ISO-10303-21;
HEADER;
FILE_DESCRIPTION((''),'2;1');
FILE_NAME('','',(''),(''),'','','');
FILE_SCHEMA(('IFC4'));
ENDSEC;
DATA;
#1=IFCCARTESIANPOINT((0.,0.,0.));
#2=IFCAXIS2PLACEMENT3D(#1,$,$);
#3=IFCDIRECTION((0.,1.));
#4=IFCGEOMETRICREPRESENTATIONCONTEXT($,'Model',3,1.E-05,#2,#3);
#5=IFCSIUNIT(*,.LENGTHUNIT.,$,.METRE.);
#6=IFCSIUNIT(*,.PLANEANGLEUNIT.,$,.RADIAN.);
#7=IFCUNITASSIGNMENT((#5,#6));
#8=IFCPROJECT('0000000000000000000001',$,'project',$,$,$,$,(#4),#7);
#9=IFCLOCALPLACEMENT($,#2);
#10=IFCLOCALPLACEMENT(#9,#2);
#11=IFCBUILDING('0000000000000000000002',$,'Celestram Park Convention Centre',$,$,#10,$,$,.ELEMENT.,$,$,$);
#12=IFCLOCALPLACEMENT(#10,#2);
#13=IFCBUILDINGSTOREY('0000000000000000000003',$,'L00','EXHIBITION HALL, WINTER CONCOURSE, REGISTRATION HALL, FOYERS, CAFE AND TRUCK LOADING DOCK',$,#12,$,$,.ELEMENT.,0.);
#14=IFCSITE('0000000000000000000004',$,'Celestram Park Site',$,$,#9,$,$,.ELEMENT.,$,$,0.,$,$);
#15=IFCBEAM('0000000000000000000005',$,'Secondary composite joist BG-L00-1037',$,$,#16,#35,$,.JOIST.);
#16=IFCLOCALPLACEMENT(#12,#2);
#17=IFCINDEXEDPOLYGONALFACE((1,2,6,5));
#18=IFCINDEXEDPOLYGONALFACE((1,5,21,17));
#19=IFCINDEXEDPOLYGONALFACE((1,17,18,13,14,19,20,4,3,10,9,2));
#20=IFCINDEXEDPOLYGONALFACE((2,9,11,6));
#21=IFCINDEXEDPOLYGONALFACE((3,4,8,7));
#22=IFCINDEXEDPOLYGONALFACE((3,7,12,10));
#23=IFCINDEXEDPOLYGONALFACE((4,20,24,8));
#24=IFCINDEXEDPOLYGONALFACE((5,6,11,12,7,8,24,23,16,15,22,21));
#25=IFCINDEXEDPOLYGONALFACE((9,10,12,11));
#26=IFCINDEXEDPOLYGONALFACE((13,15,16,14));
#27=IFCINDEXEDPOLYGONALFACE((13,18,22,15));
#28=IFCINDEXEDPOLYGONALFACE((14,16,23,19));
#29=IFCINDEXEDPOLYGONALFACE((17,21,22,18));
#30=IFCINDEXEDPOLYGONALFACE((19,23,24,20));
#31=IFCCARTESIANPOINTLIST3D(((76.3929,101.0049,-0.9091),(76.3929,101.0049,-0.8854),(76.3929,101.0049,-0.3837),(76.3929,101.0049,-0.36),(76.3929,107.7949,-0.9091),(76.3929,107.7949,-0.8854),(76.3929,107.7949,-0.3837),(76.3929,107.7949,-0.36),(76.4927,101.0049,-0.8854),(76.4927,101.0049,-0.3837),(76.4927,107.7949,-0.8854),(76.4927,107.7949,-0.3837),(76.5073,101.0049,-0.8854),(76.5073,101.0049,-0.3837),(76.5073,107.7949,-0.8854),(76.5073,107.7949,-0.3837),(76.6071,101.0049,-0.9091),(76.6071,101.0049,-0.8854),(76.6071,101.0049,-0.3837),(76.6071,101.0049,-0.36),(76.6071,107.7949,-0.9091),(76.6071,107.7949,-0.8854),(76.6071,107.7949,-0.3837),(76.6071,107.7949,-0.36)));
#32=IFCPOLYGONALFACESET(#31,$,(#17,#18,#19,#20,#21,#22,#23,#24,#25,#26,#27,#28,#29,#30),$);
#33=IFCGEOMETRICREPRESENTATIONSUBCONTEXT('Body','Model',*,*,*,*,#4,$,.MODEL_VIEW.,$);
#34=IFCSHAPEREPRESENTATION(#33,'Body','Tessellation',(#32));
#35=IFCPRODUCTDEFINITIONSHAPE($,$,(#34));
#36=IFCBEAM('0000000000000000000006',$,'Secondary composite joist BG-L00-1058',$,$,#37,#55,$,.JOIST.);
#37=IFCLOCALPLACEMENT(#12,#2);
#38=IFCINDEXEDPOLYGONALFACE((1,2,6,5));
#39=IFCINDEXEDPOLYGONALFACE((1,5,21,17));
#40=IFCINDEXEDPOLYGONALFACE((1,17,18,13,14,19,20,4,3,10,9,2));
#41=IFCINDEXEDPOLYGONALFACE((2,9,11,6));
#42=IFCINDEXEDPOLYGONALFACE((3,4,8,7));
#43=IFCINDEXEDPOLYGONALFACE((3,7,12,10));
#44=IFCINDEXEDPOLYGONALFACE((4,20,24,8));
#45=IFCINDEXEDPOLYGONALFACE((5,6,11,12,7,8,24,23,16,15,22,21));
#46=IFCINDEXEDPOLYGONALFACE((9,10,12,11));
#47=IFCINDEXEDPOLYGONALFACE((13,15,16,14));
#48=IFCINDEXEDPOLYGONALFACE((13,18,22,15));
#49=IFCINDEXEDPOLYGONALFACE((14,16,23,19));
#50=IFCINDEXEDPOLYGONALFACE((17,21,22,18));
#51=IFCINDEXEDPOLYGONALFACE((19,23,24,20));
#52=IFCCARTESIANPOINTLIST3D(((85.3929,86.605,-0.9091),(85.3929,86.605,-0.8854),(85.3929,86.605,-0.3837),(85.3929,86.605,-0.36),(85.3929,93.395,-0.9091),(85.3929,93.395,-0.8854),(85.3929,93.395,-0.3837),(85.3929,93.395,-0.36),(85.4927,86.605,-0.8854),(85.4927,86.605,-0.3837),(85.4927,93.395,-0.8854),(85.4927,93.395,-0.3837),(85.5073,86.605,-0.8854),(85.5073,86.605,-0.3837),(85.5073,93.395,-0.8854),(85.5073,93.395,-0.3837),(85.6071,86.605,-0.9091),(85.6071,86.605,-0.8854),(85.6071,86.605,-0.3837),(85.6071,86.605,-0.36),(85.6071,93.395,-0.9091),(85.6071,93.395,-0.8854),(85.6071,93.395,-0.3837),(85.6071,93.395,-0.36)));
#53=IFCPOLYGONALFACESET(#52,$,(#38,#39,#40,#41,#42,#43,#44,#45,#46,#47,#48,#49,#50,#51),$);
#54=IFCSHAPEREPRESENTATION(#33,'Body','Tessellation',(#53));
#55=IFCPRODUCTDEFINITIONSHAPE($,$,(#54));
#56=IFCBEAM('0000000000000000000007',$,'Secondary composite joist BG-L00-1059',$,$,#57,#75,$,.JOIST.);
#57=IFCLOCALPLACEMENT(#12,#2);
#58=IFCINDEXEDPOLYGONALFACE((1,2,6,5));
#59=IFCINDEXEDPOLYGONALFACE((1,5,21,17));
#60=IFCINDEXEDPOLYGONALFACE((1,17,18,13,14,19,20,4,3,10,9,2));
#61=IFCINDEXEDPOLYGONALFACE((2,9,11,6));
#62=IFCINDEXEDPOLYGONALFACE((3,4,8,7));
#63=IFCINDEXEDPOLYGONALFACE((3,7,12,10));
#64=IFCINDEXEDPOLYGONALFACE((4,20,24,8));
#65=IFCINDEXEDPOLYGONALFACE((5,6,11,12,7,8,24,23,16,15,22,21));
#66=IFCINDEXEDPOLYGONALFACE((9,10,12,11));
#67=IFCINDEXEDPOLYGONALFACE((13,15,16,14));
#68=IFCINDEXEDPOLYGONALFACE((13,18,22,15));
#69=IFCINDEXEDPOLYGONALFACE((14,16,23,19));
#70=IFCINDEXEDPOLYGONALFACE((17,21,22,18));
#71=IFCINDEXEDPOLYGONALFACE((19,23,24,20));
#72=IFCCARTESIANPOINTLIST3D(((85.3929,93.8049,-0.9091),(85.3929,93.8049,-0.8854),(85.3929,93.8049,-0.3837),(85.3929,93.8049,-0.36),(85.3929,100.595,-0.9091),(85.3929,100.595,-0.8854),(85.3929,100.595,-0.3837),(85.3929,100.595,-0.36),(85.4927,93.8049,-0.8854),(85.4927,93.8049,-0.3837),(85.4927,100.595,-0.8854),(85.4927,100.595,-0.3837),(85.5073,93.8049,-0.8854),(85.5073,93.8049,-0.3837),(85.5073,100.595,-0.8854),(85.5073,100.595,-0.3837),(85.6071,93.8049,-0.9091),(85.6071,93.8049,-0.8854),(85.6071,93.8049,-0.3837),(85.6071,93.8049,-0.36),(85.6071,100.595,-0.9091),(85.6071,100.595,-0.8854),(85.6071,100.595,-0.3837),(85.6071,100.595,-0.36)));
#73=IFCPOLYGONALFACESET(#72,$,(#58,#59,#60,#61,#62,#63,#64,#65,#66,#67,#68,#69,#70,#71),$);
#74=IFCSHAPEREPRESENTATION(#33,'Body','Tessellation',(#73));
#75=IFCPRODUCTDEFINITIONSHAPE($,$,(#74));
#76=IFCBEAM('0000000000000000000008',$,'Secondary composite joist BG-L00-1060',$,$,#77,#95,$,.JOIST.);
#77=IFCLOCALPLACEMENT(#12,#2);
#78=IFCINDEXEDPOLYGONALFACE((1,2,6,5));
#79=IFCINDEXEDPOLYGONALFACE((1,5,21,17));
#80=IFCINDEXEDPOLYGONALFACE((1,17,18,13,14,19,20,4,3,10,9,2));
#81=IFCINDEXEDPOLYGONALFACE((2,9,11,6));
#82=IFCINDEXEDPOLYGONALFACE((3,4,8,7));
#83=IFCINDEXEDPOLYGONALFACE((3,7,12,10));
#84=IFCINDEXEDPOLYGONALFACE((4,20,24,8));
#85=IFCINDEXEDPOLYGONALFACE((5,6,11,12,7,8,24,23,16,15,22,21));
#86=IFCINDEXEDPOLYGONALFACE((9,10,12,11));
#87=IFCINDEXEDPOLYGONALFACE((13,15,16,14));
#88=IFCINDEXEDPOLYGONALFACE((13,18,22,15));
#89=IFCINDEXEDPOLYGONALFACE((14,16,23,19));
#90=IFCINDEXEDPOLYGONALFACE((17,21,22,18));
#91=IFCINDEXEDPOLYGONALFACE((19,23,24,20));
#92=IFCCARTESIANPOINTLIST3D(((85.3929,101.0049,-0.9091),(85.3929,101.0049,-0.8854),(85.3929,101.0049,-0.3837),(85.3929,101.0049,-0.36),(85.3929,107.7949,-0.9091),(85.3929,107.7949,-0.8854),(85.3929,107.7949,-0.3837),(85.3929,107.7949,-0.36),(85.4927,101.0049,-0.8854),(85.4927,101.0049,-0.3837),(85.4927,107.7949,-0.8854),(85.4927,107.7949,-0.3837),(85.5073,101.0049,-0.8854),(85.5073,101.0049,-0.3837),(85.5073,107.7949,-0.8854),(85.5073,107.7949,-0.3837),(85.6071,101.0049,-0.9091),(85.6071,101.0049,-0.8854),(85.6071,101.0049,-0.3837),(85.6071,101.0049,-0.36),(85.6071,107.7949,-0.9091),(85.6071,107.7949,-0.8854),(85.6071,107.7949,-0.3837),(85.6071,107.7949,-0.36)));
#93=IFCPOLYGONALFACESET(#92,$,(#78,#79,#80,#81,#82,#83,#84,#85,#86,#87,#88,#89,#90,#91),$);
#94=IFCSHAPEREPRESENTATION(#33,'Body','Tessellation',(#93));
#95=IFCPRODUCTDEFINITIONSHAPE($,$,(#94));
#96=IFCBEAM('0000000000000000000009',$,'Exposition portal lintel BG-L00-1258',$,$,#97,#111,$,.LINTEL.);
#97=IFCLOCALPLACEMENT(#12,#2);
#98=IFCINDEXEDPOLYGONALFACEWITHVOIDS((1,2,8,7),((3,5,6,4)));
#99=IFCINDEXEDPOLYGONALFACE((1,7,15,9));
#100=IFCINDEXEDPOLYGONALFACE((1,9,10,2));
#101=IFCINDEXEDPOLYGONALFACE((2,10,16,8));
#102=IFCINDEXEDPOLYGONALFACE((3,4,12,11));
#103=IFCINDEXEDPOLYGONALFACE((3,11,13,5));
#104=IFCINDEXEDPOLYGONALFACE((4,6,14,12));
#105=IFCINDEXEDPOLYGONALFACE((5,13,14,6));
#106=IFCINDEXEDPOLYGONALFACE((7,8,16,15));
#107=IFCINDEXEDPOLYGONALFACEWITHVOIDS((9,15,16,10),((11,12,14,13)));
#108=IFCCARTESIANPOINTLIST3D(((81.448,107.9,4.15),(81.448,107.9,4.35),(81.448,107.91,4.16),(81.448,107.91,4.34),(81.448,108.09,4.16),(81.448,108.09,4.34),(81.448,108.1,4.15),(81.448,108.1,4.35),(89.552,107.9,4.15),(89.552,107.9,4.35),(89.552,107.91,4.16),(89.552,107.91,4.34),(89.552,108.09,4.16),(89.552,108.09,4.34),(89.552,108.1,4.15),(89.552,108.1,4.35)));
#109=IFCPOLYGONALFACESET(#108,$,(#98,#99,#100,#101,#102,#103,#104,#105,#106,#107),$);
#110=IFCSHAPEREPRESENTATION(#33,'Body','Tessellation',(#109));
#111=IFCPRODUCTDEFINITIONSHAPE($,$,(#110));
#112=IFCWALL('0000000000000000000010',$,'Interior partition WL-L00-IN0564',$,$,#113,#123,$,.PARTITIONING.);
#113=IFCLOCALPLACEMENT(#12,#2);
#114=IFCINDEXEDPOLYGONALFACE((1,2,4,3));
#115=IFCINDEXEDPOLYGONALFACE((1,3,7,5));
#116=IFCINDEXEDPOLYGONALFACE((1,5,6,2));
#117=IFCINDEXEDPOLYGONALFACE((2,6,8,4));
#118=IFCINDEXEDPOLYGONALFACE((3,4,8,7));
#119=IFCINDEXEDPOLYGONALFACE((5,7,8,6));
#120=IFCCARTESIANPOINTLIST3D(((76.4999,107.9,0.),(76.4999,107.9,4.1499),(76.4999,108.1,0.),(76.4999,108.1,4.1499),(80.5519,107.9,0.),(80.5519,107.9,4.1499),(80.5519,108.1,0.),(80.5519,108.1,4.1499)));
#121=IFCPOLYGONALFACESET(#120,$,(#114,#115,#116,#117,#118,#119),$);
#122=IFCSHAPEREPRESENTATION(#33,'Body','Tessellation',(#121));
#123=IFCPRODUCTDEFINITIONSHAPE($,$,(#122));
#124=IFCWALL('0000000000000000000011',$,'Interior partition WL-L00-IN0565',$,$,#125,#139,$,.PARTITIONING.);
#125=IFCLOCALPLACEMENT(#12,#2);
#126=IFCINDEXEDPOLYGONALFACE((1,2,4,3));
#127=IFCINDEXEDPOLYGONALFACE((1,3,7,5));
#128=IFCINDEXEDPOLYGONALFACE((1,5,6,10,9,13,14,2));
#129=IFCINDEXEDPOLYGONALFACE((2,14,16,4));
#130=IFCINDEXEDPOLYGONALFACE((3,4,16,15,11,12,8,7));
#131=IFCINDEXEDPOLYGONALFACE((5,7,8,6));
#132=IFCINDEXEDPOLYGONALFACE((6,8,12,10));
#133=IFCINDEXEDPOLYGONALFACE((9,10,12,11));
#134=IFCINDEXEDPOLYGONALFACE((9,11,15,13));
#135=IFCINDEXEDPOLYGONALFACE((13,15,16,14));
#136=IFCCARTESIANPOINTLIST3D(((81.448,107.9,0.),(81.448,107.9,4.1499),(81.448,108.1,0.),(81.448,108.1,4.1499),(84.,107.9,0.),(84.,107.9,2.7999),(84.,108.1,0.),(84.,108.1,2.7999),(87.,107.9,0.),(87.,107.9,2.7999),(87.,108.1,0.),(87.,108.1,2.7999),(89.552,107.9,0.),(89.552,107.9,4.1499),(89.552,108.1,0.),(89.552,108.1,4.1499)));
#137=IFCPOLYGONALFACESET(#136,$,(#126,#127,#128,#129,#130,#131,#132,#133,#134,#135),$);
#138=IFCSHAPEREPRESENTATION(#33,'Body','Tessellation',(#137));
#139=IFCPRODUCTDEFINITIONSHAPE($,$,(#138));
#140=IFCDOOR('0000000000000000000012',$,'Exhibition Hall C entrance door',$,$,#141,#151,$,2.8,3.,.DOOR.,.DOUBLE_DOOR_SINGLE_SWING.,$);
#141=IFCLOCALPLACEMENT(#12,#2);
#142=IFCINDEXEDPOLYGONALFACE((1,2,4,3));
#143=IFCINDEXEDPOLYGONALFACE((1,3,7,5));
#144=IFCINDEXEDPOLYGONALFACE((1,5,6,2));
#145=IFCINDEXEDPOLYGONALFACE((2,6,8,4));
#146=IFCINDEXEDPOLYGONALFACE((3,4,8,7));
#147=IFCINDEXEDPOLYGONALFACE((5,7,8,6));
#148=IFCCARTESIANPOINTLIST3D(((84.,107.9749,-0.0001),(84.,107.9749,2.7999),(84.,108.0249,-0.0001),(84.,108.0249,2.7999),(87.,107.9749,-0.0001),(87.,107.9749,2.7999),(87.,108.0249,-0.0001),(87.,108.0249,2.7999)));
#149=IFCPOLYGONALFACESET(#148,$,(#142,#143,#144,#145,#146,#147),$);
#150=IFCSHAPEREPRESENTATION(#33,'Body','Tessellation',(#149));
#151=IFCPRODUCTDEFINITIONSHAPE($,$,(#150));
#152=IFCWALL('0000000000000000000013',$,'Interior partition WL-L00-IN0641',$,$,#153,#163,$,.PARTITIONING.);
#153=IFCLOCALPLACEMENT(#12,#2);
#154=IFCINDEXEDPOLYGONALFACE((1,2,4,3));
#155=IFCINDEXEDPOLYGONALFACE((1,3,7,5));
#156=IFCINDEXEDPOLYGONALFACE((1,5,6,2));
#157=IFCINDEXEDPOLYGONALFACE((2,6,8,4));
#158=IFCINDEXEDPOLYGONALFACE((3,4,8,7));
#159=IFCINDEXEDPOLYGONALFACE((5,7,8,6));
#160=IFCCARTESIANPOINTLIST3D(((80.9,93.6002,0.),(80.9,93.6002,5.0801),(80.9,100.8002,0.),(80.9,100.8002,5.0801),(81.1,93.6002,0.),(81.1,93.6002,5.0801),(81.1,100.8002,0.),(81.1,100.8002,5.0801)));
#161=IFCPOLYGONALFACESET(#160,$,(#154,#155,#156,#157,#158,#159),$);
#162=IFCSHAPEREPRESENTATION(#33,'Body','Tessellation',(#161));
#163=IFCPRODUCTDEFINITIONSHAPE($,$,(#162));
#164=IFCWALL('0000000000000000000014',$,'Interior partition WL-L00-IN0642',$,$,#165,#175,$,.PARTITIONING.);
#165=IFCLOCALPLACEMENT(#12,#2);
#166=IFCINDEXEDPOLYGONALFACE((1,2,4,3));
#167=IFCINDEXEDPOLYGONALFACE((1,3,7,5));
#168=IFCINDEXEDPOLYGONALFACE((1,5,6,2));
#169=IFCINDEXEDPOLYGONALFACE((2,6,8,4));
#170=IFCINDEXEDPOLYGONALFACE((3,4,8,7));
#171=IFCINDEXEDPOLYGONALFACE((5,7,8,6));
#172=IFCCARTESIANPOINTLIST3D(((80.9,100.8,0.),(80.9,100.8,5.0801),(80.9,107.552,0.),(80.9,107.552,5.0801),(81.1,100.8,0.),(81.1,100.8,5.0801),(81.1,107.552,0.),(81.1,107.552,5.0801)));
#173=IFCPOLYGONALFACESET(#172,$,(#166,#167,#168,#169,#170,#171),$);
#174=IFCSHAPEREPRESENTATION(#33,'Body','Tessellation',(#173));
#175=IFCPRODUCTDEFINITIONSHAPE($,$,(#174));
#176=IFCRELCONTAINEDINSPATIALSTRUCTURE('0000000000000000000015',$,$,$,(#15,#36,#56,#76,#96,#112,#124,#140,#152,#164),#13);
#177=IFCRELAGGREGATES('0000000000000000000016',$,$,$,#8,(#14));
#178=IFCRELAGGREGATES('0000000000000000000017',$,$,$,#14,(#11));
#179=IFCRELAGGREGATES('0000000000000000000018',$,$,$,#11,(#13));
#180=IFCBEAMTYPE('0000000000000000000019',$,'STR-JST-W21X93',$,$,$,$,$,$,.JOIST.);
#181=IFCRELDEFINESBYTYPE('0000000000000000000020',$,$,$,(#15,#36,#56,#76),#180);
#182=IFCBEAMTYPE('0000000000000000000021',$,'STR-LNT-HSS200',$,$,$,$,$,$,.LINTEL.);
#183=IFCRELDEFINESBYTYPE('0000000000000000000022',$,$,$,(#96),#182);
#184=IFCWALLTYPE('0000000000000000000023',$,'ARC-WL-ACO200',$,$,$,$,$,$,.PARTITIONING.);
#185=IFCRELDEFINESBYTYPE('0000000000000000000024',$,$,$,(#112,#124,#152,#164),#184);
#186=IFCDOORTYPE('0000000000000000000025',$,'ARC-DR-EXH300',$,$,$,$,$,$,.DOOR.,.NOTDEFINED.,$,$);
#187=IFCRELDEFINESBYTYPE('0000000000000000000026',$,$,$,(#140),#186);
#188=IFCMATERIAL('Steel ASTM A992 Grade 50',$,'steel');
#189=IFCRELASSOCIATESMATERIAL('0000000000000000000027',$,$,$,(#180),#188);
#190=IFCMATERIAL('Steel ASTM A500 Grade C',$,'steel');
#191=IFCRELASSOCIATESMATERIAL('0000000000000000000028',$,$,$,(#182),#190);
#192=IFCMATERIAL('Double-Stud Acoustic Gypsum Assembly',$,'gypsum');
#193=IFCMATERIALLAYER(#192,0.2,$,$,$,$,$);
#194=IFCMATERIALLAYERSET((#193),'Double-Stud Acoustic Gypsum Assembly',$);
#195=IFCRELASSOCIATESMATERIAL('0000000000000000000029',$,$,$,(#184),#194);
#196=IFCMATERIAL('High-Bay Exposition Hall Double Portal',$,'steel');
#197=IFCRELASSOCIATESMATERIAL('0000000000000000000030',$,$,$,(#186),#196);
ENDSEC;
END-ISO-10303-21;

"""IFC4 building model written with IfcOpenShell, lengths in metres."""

from ifc_helpers import new_model, si_unit, direction, frame, frame_2d, origin, origin_2d, place, context, subcontext, project, spatial, rectangle, hollow_rectangle, i_section, extrude, material, layer, layer_set, material_profile, profile_set, type_object, element, fill, save


model = new_model("IFC4")

# Units and contexts
model_context = context("Model", 3, precision=1e-05, world=origin(), true_north=direction((0.0, 1.0)))
body_context = subcontext(model_context, "Body", "Model", "MODEL_VIEW")
ifc_project = project(units=[si_unit("LENGTHUNIT", "METRE"), si_unit("PLANEANGLEUNIT", "RADIAN")], contexts=[model_context])

# Site, building, storey
site_placement = place(None, origin())
site = spatial("IfcSite", under=ifc_project, at=site_placement, Name="Celestram Park Site", CompositionType="ELEMENT", RefElevation=0.0)
building_placement = place(site_placement, origin())
building = spatial("IfcBuilding", under=site, at=building_placement, Name="Celestram Park Convention Centre", CompositionType="ELEMENT")
storey_placement = place(building_placement, origin())
storey = spatial("IfcBuildingStorey", under=building, at=storey_placement, Name="L00", Description="EXHIBITION HALL, WINTER CONCOURSE, REGISTRATION HALL, FOYERS, CAFE AND TRUCK LOADING DOCK", CompositionType="ELEMENT", Elevation=0.0)

# Beams
ifc_material_1 = material(Name="Steel ASTM A992 Grade 50", Category="steel")
ifc_material_profile_1 = material_profile(ifc_material_1, i_section(OverallWidth=0.2141, OverallDepth=0.5491, WebThickness=0.0146, FlangeThickness=0.0237, at=origin_2d()), Name="W21X93")
ifc_profile_set_1 = profile_set([ifc_material_profile_1], Name="Steel ASTM A992 Grade 50")
beam_type_1 = type_object("IfcBeamType", Name="STR-JST-W21X93", PredefinedType="JOIST", material=ifc_profile_set_1)
for number, where, z_axis, x_axis, name in (
    (1, (76.5, 101.0049, -0.6345), (0.0, 1.0, 0.0), (-1.0, 0.0, 0.0), "Secondary composite joist BG-L00-1037"),
    (2, (85.5, 86.605, -0.6345), (0.0, 1.0, 0.0), (-1.0, 0.0, 0.0), "Secondary composite joist BG-L00-1058"),
    (3, (85.5, 93.8049, -0.6345), (0.0, 1.0, 0.0), (-1.0, 0.0, 0.0), "Secondary composite joist BG-L00-1059"),
    (4, (85.5, 101.0049, -0.6345), (0.0, 1.0, 0.0), (-1.0, 0.0, 0.0), "Secondary composite joist BG-L00-1060"),
):
    element("IfcBeam", number, at=place(storey_placement, frame(where, z_axis=z_axis, x_axis=x_axis)), inside=storey, type_object=beam_type_1, Name=name, PredefinedType="JOIST", context=body_context, shape_type="SweptSolid", body=[
        extrude(i_section(OverallWidth=0.2141, OverallDepth=0.5491, WebThickness=0.0146, FlangeThickness=0.0237, at=origin_2d()), origin(), (0.0, 0.0, 1.0), 6.79),
    ])
ifc_material_2 = material(Name="Steel ASTM A500 Grade C", Category="steel")
ifc_material_profile_2 = material_profile(ifc_material_2, hollow_rectangle(XDim=0.2, YDim=0.2, WallThickness=0.01, at=origin_2d()), Name="HSS200X200X10")
ifc_profile_set_2 = profile_set([ifc_material_profile_2], Name="Steel ASTM A500 Grade C")
beam_type_2 = type_object("IfcBeamType", Name="STR-LNT-HSS200", PredefinedType="LINTEL", material=ifc_profile_set_2)
beam_1_placement = place(storey_placement, frame((81.448, 108.0, 4.25), z_axis=(1.0, 0.0, 0.0), x_axis=(0.0, 1.0, 0.0)))
element("IfcBeam", 5, at=beam_1_placement, inside=storey, type_object=beam_type_2, Name="Exposition portal lintel BG-L00-1258", PredefinedType="LINTEL", context=body_context, shape_type="SweptSolid", body=[
    extrude(hollow_rectangle(XDim=0.2, YDim=0.2, WallThickness=0.01, at=origin_2d()), origin(), (0.0, 0.0, 1.0), 8.104),
])

# Wall
ifc_material_3 = material(Name="Double-Stud Acoustic Gypsum Assembly", Category="gypsum")
ifc_layer = layer(ifc_material_3, 0.2)
ifc_layer_set = layer_set([ifc_layer], Name="Double-Stud Acoustic Gypsum Assembly")
wall_type = type_object("IfcWallType", Name="ARC-WL-ACO200", PredefinedType="PARTITIONING", material=ifc_layer_set)
wall_1_placement = place(storey_placement, frame((76.5, 108.0, 0.0), z_axis=(0.0, 0.0, 1.0), x_axis=(1.0, 0.0, 0.0)))
element("IfcWall", 6, at=wall_1_placement, inside=storey, type_object=wall_type, Name="Interior partition WL-L00-IN0564", PredefinedType="PARTITIONING", context=body_context, shape_type="SweptSolid", body=[
    extrude(rectangle(XDim=4.052, YDim=0.2, at=frame_2d((2.0259, 0.0))), origin(), (0.0, 0.0, 1.0), 4.1499),
])

# Wall, opening, door
wall_2_placement = place(storey_placement, frame((81.448, 108.0, 0.0), z_axis=(0.0, 0.0, 1.0), x_axis=(1.0, 0.0, 0.0)))
wall_2 = element("IfcWall", 7, at=wall_2_placement, inside=storey, type_object=wall_type, Name="Interior partition WL-L00-IN0565", PredefinedType="PARTITIONING", context=body_context, shape_type="SweptSolid", body=[
    extrude(rectangle(XDim=8.104, YDim=0.2, at=frame_2d((4.052, 0.0))), origin(), (0.0, 0.0, 1.0), 4.1499),
])
opening_placement = place(wall_2_placement, frame((2.552, 0.0, 0.0)))
opening = element("IfcOpeningElement", 8, at=opening_placement, cuts=wall_2, PredefinedType="OPENING", context=body_context, shape_type="SweptSolid", body=[
    extrude(rectangle(XDim=3.0, YDim=2.8, at=frame_2d((1.5, 1.3999))), frame((0.0, 0.1099, 0.0), z_axis=(0.0, -1.0, 0.0), x_axis=(1.0, 0.0, 0.0)), (0.0, 0.0, 1.0), 0.22),
])
ifc_material_4 = material(Name="High-Bay Exposition Hall Double Portal", Category="steel")
door_type = type_object("IfcDoorType", Name="ARC-DR-EXH300", OperationType="NOTDEFINED", PredefinedType="DOOR", material=ifc_material_4)
door_placement = place(opening_placement, origin())
door = element("IfcDoor", 9, at=door_placement, inside=storey, type_object=door_type, Name="Exhibition Hall C entrance door", OperationType="DOUBLE_DOOR_SINGLE_SWING", OverallHeight=2.8, OverallWidth=3.0, PredefinedType="DOOR", context=body_context, shape_type="SweptSolid", body=[
    extrude(rectangle(XDim=3.0, YDim=2.8, at=frame_2d((1.5, 1.3999))), frame((0.0, 0.0249, 0.0), z_axis=(0.0, -1.0, 0.0), x_axis=(1.0, 0.0, 0.0)), (0.0, 0.0, 1.0), 0.05),
])
fill(opening, door)

# Walls
wall_3_placement = place(storey_placement, frame((81.0, 93.6001, 0.0), z_axis=(0.0, 0.0, 1.0), x_axis=(0.0, 1.0, 0.0)))
element("IfcWall", 10, at=wall_3_placement, inside=storey, type_object=wall_type, Name="Interior partition WL-L00-IN0641", PredefinedType="PARTITIONING", context=body_context, shape_type="SweptSolid", body=[
    extrude(rectangle(XDim=7.2, YDim=0.2, at=frame_2d((3.6001, 0.0))), origin(), (0.0, 0.0, 1.0), 5.0801),
])
wall_4_placement = place(storey_placement, frame((81.0, 100.8, 0.0), z_axis=(0.0, 0.0, 1.0), x_axis=(0.0, 1.0, 0.0)))
element("IfcWall", 11, at=wall_4_placement, inside=storey, type_object=wall_type, Name="Interior partition WL-L00-IN0642", PredefinedType="PARTITIONING", context=body_context, shape_type="SweptSolid", body=[
    extrude(rectangle(XDim=6.752, YDim=0.2, at=frame_2d((3.376, 0.0))), origin(), (0.0, 0.0, 1.0), 5.0801),
])

save(model, "model.ifc")
